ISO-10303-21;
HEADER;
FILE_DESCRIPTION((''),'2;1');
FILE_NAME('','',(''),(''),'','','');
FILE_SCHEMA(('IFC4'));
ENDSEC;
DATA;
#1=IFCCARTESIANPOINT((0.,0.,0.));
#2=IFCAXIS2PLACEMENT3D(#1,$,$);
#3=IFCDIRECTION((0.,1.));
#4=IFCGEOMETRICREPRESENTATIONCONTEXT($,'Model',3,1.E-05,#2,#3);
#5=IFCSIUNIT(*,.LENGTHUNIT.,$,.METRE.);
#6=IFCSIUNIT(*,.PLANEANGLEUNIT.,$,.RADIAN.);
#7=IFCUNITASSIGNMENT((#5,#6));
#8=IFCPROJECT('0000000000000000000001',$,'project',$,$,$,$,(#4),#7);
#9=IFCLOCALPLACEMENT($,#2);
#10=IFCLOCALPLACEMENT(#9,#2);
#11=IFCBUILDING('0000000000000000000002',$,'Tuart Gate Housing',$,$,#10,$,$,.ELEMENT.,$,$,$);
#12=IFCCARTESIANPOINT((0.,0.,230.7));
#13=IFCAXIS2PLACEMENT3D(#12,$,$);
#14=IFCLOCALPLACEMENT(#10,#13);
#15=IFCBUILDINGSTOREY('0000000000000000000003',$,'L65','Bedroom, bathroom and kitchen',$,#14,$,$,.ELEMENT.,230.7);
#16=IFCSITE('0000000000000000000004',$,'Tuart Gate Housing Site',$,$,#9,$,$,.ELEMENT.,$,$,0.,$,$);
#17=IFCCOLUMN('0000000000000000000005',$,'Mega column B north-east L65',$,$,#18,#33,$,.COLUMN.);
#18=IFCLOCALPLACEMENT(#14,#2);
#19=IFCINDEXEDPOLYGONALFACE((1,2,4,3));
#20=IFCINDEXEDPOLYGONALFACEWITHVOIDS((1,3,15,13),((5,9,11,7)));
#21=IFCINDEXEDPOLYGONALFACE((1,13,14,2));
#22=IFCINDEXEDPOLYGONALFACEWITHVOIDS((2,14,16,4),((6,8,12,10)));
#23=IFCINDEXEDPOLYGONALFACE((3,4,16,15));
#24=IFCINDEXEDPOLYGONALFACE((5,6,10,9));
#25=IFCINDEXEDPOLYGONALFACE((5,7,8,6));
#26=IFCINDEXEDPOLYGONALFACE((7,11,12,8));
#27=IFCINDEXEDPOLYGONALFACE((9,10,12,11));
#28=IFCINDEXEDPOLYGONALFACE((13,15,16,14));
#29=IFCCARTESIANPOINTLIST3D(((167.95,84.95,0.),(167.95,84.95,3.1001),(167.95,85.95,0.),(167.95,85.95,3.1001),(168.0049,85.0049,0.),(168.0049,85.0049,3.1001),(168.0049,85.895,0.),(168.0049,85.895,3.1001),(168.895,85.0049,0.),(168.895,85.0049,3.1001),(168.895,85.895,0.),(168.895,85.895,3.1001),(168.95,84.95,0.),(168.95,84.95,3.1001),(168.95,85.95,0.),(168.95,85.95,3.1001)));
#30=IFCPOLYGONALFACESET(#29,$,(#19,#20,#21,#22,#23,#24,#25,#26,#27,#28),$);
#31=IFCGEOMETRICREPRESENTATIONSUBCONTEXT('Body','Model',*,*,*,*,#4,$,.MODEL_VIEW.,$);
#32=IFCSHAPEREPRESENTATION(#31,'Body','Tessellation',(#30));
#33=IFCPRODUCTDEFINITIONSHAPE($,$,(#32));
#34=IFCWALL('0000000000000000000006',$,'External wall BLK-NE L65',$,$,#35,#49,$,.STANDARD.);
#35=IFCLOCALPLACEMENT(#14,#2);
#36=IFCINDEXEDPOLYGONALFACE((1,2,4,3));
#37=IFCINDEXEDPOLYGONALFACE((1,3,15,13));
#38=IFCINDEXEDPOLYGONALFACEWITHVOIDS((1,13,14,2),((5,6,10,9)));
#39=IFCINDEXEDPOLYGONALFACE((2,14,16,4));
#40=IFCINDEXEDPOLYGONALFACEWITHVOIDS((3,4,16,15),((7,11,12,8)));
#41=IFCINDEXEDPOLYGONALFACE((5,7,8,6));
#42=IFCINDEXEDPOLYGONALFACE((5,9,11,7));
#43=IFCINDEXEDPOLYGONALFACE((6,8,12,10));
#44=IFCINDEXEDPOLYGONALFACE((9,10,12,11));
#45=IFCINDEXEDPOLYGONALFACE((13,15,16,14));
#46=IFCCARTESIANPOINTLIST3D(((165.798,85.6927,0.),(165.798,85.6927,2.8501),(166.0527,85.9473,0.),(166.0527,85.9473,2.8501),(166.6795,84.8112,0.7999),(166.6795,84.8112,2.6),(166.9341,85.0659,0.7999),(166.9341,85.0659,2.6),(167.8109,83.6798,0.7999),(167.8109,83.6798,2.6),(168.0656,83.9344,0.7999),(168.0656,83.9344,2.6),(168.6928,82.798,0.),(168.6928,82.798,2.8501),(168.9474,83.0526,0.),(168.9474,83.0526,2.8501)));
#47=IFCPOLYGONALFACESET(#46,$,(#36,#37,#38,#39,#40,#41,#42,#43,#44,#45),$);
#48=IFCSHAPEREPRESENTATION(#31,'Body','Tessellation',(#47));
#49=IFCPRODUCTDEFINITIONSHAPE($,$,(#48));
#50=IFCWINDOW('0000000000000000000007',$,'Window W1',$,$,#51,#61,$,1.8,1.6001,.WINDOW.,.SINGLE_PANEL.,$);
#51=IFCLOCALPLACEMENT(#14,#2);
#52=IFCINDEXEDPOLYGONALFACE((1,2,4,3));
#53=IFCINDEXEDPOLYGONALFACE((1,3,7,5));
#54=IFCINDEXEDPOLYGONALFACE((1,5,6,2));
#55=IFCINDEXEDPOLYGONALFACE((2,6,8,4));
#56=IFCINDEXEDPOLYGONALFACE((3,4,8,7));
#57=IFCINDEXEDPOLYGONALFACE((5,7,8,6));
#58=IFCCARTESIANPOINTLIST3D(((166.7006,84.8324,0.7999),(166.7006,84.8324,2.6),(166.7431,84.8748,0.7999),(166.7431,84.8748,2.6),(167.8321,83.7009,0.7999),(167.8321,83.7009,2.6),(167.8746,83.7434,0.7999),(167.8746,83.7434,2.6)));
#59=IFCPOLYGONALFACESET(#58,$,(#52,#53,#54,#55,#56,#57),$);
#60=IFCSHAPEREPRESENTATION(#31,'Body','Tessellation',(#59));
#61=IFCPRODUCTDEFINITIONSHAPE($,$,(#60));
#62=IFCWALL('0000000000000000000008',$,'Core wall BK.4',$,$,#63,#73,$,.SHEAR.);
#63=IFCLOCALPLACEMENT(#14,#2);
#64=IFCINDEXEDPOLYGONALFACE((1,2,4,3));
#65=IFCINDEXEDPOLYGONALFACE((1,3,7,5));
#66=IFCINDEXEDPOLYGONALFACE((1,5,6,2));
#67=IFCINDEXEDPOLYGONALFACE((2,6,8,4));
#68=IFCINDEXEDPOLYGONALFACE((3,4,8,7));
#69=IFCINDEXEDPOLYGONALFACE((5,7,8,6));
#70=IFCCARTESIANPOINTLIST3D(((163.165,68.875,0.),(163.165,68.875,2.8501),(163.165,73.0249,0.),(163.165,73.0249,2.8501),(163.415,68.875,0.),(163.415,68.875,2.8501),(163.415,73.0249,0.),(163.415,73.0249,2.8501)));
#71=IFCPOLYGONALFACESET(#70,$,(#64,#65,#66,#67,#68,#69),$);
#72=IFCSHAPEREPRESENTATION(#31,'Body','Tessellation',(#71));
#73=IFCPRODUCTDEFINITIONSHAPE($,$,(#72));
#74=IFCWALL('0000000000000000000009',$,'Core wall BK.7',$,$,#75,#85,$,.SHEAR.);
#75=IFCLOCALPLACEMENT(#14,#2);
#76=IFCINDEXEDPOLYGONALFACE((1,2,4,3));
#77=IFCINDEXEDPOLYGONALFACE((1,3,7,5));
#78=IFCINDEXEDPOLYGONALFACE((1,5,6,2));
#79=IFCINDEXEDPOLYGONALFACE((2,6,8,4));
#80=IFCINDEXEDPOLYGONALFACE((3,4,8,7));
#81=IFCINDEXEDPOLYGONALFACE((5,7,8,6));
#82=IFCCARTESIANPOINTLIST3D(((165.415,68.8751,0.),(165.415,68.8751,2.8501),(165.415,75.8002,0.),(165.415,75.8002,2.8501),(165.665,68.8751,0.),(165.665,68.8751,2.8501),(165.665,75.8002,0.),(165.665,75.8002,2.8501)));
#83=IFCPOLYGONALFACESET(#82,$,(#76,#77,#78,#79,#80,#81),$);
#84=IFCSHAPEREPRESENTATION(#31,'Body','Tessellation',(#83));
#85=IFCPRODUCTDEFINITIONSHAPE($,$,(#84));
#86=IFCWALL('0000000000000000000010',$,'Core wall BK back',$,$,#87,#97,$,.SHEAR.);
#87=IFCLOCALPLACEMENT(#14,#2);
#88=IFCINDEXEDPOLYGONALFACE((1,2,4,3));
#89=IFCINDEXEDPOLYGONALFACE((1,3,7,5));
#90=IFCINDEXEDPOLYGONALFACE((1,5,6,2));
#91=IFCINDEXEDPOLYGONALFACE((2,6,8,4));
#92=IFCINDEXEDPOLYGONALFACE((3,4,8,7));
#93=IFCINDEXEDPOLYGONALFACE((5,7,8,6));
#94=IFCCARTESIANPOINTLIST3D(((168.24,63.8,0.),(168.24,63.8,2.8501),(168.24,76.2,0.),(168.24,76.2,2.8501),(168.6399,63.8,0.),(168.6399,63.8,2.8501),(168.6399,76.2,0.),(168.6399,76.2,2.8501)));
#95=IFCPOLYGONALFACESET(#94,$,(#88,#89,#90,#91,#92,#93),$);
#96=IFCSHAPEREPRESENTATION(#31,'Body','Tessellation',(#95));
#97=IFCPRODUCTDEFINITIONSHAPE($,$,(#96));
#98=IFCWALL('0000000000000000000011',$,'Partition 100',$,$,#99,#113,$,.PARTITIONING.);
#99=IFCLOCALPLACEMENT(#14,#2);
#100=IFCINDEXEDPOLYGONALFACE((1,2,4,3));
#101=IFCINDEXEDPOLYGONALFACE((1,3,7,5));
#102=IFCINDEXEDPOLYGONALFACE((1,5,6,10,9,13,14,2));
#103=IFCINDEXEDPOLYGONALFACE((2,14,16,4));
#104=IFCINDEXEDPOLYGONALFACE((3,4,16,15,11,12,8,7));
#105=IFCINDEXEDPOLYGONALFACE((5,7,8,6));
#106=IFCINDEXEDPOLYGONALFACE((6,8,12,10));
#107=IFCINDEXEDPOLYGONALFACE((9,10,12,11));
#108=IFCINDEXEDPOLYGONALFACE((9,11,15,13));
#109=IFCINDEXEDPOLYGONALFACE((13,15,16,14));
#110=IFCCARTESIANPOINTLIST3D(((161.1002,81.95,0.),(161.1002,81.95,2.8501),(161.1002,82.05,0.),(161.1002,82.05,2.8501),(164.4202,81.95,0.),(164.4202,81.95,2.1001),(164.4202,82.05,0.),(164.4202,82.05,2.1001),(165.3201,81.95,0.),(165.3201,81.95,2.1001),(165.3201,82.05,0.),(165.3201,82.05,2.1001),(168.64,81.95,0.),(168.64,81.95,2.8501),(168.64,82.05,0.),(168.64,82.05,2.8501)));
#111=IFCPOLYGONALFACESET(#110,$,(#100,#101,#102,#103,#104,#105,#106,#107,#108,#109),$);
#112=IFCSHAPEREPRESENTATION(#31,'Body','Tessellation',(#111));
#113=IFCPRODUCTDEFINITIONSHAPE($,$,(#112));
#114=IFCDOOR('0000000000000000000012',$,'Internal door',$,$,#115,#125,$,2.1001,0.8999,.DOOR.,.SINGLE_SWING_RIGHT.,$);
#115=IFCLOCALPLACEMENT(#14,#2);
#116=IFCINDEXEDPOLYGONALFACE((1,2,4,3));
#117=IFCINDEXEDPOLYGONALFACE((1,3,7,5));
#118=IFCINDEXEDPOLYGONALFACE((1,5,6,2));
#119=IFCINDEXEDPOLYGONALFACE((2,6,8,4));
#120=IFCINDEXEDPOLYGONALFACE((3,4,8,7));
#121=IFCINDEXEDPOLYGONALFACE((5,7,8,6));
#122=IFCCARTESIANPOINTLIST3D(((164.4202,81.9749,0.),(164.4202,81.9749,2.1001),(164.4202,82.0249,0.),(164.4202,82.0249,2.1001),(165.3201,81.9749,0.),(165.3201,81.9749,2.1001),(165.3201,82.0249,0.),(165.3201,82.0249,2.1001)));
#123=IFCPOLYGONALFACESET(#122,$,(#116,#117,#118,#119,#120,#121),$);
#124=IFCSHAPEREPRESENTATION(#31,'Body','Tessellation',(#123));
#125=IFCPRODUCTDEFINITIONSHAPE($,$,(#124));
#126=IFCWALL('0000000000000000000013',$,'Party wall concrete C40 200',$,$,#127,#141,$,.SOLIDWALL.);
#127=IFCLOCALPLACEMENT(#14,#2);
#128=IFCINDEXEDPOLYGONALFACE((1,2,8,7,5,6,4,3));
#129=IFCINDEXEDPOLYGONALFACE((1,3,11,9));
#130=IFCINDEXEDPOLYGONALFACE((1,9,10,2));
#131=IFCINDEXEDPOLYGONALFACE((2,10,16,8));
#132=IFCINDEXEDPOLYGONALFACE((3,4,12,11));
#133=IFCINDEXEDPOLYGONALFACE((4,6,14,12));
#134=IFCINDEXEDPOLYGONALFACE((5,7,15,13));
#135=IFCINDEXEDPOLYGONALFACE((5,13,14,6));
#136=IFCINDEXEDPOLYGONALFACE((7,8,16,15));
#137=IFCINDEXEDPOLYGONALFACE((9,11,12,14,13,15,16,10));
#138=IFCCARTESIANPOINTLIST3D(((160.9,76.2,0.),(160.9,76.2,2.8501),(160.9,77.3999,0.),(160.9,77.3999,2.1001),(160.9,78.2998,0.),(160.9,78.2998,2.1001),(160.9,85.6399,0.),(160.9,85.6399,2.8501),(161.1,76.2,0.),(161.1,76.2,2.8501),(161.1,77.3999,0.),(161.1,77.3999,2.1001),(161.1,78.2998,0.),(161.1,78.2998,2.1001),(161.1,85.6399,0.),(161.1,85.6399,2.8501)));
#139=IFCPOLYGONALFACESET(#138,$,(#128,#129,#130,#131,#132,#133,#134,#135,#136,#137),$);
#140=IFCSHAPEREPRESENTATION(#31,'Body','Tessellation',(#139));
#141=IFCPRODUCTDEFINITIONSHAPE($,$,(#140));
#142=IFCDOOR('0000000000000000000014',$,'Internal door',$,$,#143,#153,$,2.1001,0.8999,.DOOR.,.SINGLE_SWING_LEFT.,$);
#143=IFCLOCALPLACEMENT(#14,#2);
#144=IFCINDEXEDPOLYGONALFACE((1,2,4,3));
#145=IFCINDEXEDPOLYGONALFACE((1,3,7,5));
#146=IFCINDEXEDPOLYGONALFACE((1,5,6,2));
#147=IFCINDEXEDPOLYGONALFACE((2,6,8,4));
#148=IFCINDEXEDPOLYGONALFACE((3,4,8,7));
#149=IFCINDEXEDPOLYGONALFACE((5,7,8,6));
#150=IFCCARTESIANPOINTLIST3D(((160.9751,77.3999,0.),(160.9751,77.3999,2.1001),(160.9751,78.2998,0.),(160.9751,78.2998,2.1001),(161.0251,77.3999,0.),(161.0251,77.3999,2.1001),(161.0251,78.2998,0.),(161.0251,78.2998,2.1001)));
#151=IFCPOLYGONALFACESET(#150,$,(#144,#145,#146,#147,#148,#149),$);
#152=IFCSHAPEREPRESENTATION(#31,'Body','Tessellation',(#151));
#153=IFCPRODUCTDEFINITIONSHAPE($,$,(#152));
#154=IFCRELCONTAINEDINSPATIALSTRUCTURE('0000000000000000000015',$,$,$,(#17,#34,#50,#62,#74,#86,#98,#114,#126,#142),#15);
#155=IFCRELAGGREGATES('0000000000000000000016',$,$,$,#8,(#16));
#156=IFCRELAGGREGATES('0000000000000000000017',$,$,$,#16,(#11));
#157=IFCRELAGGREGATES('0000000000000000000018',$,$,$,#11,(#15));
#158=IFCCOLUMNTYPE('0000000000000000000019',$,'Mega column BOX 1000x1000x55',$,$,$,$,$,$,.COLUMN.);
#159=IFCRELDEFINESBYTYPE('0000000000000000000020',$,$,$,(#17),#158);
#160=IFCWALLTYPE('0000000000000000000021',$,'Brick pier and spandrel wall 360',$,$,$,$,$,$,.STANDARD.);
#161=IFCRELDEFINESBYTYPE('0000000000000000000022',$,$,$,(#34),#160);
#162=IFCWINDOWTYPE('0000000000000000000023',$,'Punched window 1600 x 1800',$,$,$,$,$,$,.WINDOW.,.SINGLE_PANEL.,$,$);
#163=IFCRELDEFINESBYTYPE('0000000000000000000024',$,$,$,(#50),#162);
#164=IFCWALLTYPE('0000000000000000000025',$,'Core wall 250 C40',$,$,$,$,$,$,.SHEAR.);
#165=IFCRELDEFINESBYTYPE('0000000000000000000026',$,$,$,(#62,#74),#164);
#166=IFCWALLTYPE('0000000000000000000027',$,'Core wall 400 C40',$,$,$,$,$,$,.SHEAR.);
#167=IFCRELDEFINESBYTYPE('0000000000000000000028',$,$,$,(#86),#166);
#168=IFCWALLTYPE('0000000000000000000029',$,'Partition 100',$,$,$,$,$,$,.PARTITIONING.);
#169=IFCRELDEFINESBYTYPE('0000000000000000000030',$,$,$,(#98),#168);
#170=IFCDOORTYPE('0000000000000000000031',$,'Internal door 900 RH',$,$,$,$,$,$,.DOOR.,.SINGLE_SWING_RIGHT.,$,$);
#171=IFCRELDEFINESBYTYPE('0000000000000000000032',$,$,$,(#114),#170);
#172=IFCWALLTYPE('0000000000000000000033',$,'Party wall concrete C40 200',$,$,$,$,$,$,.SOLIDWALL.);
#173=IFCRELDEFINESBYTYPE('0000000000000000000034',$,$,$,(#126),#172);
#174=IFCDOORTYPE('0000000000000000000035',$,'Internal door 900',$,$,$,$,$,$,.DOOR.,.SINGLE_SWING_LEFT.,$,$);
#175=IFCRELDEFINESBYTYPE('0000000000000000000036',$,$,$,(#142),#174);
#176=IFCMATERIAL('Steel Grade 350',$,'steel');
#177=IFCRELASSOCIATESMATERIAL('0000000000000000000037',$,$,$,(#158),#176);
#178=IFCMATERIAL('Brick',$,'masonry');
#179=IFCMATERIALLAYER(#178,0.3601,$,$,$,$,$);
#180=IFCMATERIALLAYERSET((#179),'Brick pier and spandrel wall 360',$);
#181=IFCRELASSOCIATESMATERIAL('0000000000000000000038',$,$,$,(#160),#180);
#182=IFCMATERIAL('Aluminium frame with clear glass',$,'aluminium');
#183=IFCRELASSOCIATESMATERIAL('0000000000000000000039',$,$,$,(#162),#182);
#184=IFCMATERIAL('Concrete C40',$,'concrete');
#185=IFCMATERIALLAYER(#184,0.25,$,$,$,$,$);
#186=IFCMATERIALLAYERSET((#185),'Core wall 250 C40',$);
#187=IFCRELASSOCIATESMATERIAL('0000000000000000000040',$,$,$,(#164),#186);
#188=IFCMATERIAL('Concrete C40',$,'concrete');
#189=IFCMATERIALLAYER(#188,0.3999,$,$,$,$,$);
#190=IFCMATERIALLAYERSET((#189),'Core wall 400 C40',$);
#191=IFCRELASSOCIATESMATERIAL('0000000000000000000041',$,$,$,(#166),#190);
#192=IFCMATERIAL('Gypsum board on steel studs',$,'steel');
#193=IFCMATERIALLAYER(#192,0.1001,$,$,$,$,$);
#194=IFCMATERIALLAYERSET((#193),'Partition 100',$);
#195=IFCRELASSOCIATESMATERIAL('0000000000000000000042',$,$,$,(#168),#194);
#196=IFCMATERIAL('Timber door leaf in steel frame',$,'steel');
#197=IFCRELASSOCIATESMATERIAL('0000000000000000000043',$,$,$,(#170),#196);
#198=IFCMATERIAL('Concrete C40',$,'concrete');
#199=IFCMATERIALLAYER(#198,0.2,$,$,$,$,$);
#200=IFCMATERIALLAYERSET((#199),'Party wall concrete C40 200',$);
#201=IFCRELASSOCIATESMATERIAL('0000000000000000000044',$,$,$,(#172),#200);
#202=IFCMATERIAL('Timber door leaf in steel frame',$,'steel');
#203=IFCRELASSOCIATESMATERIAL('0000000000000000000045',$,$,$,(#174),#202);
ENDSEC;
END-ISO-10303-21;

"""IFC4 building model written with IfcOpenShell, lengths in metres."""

from ifc_helpers import new_model, si_unit, direction, frame, frame_2d, origin, origin_2d, place, context, subcontext, project, spatial, rectangle, hollow_rectangle, extrude, material, layer, layer_set, material_profile, profile_set, type_object, element, fill, save


model = new_model("IFC4")

# Units and contexts
model_context = context("Model", 3, precision=1e-05, world=origin(), true_north=direction((0.0, 1.0)))
body_context = subcontext(model_context, "Body", "Model", "MODEL_VIEW")
ifc_project = project(units=[si_unit("LENGTHUNIT", "METRE"), si_unit("PLANEANGLEUNIT", "RADIAN")], contexts=[model_context])

# Site, building, storey
site_placement = place(None, origin())
site = spatial("IfcSite", under=ifc_project, at=site_placement, Name="Tuart Gate Housing Site", CompositionType="ELEMENT", RefElevation=0.0)
building_placement = place(site_placement, origin())
building = spatial("IfcBuilding", under=site, at=building_placement, Name="Tuart Gate Housing", CompositionType="ELEMENT")
storey_placement = place(building_placement, frame((0.0, 0.0, 230.7)))
storey = spatial("IfcBuildingStorey", under=building, at=storey_placement, Name="L65", Description="Bedroom, bathroom and kitchen", CompositionType="ELEMENT", Elevation=230.7)

# Column
ifc_material_1 = material(Name="Steel Grade 350", Category="steel")
ifc_material_profile = material_profile(ifc_material_1, hollow_rectangle(XDim=1.0, YDim=1.0, WallThickness=0.0549, at=origin_2d()), Name="BOX 1000x1000x55")
ifc_profile_set = profile_set([ifc_material_profile], Name="Steel Grade 350")
column_type = type_object("IfcColumnType", Name="Mega column BOX 1000x1000x55", PredefinedType="COLUMN", material=ifc_profile_set)
column_placement = place(storey_placement, frame((168.45, 85.45, 0.0), z_axis=(0.0, 0.0, 1.0), x_axis=(1.0, 0.0, 0.0)))
element("IfcColumn", 1, at=column_placement, inside=storey, type_object=column_type, Name="Mega column B north-east L65", PredefinedType="COLUMN", context=body_context, shape_type="SweptSolid", body=[
    extrude(hollow_rectangle(XDim=1.0, YDim=1.0, WallThickness=0.0549, at=origin_2d()), origin(), (0.0, 0.0, 1.0), 3.1001),
])

# Wall, opening, window
ifc_material_2 = material(Name="Brick", Category="masonry")
ifc_layer_1 = layer(ifc_material_2, 0.3601)
ifc_layer_set_1 = layer_set([ifc_layer_1], Name="Brick pier and spandrel wall 360")
wall_type_1 = type_object("IfcWallType", Name="Brick pier and spandrel wall 360", PredefinedType="STANDARD", material=ifc_layer_set_1)
wall_1_placement = place(storey_placement, frame((168.8201, 82.9253, 0.0), z_axis=(0.0, 0.0, 1.0), x_axis=(-0.707107, 0.707107, 0.0)))
wall_1 = element("IfcWall", 2, at=wall_1_placement, inside=storey, type_object=wall_type_1, Name="External wall BLK-NE L65", PredefinedType="STANDARD", context=body_context, shape_type="SweptSolid", body=[
    extrude(rectangle(XDim=4.0938, YDim=0.3601, at=frame_2d((2.0469, 0.0))), origin(), (0.0, 0.0, 1.0), 2.8501),
])
opening_1_placement = place(wall_1_placement, frame((1.2471, 0.0, 0.8)))
opening_1 = element("IfcOpeningElement", 3, at=opening_1_placement, cuts=wall_1, PredefinedType="OPENING", context=body_context, shape_type="SweptSolid", body=[
    extrude(rectangle(XDim=1.6001, YDim=1.8, at=frame_2d((0.8, 0.8999))), frame((0.0, 0.1899, 0.0), z_axis=(0.0, -1.0, 0.0), x_axis=(1.0, 0.0, 0.0)), (0.0, 0.0, 1.0), 0.3801),
])
ifc_material_3 = material(Name="Aluminium frame with clear glass", Category="aluminium")
window_type_1 = type_object("IfcWindowType", Name="Punched window 1600 x 1800", PartitioningType="SINGLE_PANEL", PredefinedType="WINDOW", material=ifc_material_3)
window_1_placement = place(opening_1_placement, origin())
window_1 = element("IfcWindow", 4, at=window_1_placement, inside=storey, type_object=window_type_1, Name="Window W1", OverallHeight=1.8, OverallWidth=1.6001, PartitioningType="SINGLE_PANEL", PredefinedType="WINDOW", context=body_context, shape_type="SweptSolid", body=[
    extrude(rectangle(XDim=1.6001, YDim=1.8, at=frame_2d((0.8, 0.8999))), frame((0.0, 0.1501, 0.0), z_axis=(0.0, -1.0, 0.0), x_axis=(1.0, 0.0, 0.0)), (0.0, 0.0, 1.0), 0.0601),
])
fill(opening_1, window_1)

# Walls
ifc_material_4 = material(Name="Concrete C40", Category="concrete")
ifc_layer_2 = layer(ifc_material_4, 0.25)
ifc_layer_set_2 = layer_set([ifc_layer_2], Name="Core wall 250 C40")
wall_type_2 = type_object("IfcWallType", Name="Core wall 250 C40", PredefinedType="SHEAR", material=ifc_layer_set_2)
wall_2_placement = place(storey_placement, frame((163.29, 73.0249, 0.0), z_axis=(0.0, 0.0, 1.0), x_axis=(0.0, -1.0, 0.0)))
element("IfcWall", 5, at=wall_2_placement, inside=storey, type_object=wall_type_2, Name="Core wall BK.4", PredefinedType="SHEAR", context=body_context, shape_type="SweptSolid", body=[
    extrude(rectangle(XDim=4.1499, YDim=0.25, at=frame_2d((2.075, 0.0))), origin(), (0.0, 0.0, 1.0), 2.8501),
])
wall_3_placement = place(storey_placement, frame((165.54, 75.8, 0.0), z_axis=(0.0, 0.0, 1.0), x_axis=(0.0, -1.0, 0.0)))
element("IfcWall", 6, at=wall_3_placement, inside=storey, type_object=wall_type_2, Name="Core wall BK.7", PredefinedType="SHEAR", context=body_context, shape_type="SweptSolid", body=[
    extrude(rectangle(XDim=6.925, YDim=0.25, at=frame_2d((3.4624, 0.0))), origin(), (0.0, 0.0, 1.0), 2.8501),
])
ifc_material_5 = material(Name="Concrete C40", Category="concrete")
ifc_layer_3 = layer(ifc_material_5, 0.3999)
ifc_layer_set_3 = layer_set([ifc_layer_3], Name="Core wall 400 C40")
wall_type_3 = type_object("IfcWallType", Name="Core wall 400 C40", PredefinedType="SHEAR", material=ifc_layer_set_3)
wall_4_placement = place(storey_placement, frame((168.4399, 76.2, 0.0), z_axis=(0.0, 0.0, 1.0), x_axis=(0.0, -1.0, 0.0)))
element("IfcWall", 7, at=wall_4_placement, inside=storey, type_object=wall_type_3, Name="Core wall BK back", PredefinedType="SHEAR", context=body_context, shape_type="SweptSolid", body=[
    extrude(rectangle(XDim=12.3999, YDim=0.3999, at=frame_2d((6.2, 0.0))), origin(), (0.0, 0.0, 1.0), 2.8501),
])

# Walls, openings, doors
ifc_material_6 = material(Name="Gypsum board on steel studs", Category="steel")
ifc_layer_4 = layer(ifc_material_6, 0.1001)
ifc_layer_set_4 = layer_set([ifc_layer_4], Name="Partition 100")
wall_type_4 = type_object("IfcWallType", Name="Partition 100", PredefinedType="PARTITIONING", material=ifc_layer_set_4)
wall_5_placement = place(storey_placement, frame((161.1001, 82.0, 0.0), z_axis=(0.0, 0.0, 1.0), x_axis=(1.0, 0.0, 0.0)))
wall_5 = element("IfcWall", 8, at=wall_5_placement, inside=storey, type_object=wall_type_4, Name="Partition 100", PredefinedType="PARTITIONING", context=body_context, shape_type="SweptSolid", body=[
    extrude(rectangle(XDim=7.5398, YDim=0.1001, at=frame_2d((3.77, 0.0))), origin(), (0.0, 0.0, 1.0), 2.8501),
])
opening_2_placement = place(wall_5_placement, frame((3.3201, 0.0, 0.0)))
opening_2 = element("IfcOpeningElement", 9, at=opening_2_placement, cuts=wall_5, PredefinedType="OPENING", context=body_context, shape_type="SweptSolid", body=[
    extrude(rectangle(XDim=0.8999, YDim=2.1001, at=frame_2d((0.45, 1.05))), frame((0.0, 0.0601, 0.0), z_axis=(0.0, -1.0, 0.0), x_axis=(1.0, 0.0, 0.0)), (0.0, 0.0, 1.0), 0.1201),
])
ifc_material_7 = material(Name="Timber door leaf in steel frame", Category="steel")
door_type_1 = type_object("IfcDoorType", Name="Internal door 900 RH", OperationType="SINGLE_SWING_RIGHT", PredefinedType="DOOR", material=ifc_material_7)
door_1_placement = place(opening_2_placement, origin())
door_1 = element("IfcDoor", 10, at=door_1_placement, inside=storey, type_object=door_type_1, Name="Internal door", OperationType="SINGLE_SWING_RIGHT", OverallHeight=2.1001, OverallWidth=0.8999, PredefinedType="DOOR", context=body_context, shape_type="SweptSolid", body=[
    extrude(rectangle(XDim=0.8999, YDim=2.1001, at=frame_2d((0.45, 1.05))), frame((0.0, 0.0249, 0.0), z_axis=(0.0, -1.0, 0.0), x_axis=(1.0, 0.0, 0.0)), (0.0, 0.0, 1.0), 0.05),
])
fill(opening_2, door_1)
ifc_material_8 = material(Name="Concrete C40", Category="concrete")
ifc_layer_5 = layer(ifc_material_8, 0.2)
ifc_layer_set_5 = layer_set([ifc_layer_5], Name="Party wall concrete C40 200")
wall_type_5 = type_object("IfcWallType", Name="Party wall concrete C40 200", PredefinedType="SOLIDWALL", material=ifc_layer_set_5)
wall_6_placement = place(storey_placement, frame((161.0, 76.2, 0.0), z_axis=(0.0, 0.0, 1.0), x_axis=(0.0, 1.0, 0.0)))
wall_6 = element("IfcWall", 11, at=wall_6_placement, inside=storey, type_object=wall_type_5, Name="Party wall concrete C40 200", PredefinedType="SOLIDWALL", context=body_context, shape_type="SweptSolid", body=[
    extrude(rectangle(XDim=9.4399, YDim=0.2, at=frame_2d((4.72, 0.0))), origin(), (0.0, 0.0, 1.0), 2.8501),
])
opening_3_placement = place(wall_6_placement, frame((1.2, 0.0, 0.0)))
opening_3 = element("IfcOpeningElement", 12, at=opening_3_placement, cuts=wall_6, PredefinedType="OPENING", context=body_context, shape_type="SweptSolid", body=[
    extrude(rectangle(XDim=0.8999, YDim=2.1001, at=frame_2d((0.45, 1.05))), frame((0.0, 0.1099, 0.0), z_axis=(0.0, -1.0, 0.0), x_axis=(1.0, 0.0, 0.0)), (0.0, 0.0, 1.0), 0.22),
])
ifc_material_9 = material(Name="Timber door leaf in steel frame", Category="steel")
door_type_2 = type_object("IfcDoorType", Name="Internal door 900", OperationType="SINGLE_SWING_LEFT", PredefinedType="DOOR", material=ifc_material_9)
door_2_placement = place(opening_3_placement, origin())
door_2 = element("IfcDoor", 13, at=door_2_placement, inside=storey, type_object=door_type_2, Name="Internal door", OperationType="SINGLE_SWING_LEFT", OverallHeight=2.1001, OverallWidth=0.8999, PredefinedType="DOOR", context=body_context, shape_type="SweptSolid", body=[
    extrude(rectangle(XDim=0.8999, YDim=2.1001, at=frame_2d((0.45, 1.05))), frame((0.0, 0.0249, 0.0), z_axis=(0.0, -1.0, 0.0), x_axis=(1.0, 0.0, 0.0)), (0.0, 0.0, 1.0), 0.05),
])
fill(opening_3, door_2)

save(model, "model.ifc")
